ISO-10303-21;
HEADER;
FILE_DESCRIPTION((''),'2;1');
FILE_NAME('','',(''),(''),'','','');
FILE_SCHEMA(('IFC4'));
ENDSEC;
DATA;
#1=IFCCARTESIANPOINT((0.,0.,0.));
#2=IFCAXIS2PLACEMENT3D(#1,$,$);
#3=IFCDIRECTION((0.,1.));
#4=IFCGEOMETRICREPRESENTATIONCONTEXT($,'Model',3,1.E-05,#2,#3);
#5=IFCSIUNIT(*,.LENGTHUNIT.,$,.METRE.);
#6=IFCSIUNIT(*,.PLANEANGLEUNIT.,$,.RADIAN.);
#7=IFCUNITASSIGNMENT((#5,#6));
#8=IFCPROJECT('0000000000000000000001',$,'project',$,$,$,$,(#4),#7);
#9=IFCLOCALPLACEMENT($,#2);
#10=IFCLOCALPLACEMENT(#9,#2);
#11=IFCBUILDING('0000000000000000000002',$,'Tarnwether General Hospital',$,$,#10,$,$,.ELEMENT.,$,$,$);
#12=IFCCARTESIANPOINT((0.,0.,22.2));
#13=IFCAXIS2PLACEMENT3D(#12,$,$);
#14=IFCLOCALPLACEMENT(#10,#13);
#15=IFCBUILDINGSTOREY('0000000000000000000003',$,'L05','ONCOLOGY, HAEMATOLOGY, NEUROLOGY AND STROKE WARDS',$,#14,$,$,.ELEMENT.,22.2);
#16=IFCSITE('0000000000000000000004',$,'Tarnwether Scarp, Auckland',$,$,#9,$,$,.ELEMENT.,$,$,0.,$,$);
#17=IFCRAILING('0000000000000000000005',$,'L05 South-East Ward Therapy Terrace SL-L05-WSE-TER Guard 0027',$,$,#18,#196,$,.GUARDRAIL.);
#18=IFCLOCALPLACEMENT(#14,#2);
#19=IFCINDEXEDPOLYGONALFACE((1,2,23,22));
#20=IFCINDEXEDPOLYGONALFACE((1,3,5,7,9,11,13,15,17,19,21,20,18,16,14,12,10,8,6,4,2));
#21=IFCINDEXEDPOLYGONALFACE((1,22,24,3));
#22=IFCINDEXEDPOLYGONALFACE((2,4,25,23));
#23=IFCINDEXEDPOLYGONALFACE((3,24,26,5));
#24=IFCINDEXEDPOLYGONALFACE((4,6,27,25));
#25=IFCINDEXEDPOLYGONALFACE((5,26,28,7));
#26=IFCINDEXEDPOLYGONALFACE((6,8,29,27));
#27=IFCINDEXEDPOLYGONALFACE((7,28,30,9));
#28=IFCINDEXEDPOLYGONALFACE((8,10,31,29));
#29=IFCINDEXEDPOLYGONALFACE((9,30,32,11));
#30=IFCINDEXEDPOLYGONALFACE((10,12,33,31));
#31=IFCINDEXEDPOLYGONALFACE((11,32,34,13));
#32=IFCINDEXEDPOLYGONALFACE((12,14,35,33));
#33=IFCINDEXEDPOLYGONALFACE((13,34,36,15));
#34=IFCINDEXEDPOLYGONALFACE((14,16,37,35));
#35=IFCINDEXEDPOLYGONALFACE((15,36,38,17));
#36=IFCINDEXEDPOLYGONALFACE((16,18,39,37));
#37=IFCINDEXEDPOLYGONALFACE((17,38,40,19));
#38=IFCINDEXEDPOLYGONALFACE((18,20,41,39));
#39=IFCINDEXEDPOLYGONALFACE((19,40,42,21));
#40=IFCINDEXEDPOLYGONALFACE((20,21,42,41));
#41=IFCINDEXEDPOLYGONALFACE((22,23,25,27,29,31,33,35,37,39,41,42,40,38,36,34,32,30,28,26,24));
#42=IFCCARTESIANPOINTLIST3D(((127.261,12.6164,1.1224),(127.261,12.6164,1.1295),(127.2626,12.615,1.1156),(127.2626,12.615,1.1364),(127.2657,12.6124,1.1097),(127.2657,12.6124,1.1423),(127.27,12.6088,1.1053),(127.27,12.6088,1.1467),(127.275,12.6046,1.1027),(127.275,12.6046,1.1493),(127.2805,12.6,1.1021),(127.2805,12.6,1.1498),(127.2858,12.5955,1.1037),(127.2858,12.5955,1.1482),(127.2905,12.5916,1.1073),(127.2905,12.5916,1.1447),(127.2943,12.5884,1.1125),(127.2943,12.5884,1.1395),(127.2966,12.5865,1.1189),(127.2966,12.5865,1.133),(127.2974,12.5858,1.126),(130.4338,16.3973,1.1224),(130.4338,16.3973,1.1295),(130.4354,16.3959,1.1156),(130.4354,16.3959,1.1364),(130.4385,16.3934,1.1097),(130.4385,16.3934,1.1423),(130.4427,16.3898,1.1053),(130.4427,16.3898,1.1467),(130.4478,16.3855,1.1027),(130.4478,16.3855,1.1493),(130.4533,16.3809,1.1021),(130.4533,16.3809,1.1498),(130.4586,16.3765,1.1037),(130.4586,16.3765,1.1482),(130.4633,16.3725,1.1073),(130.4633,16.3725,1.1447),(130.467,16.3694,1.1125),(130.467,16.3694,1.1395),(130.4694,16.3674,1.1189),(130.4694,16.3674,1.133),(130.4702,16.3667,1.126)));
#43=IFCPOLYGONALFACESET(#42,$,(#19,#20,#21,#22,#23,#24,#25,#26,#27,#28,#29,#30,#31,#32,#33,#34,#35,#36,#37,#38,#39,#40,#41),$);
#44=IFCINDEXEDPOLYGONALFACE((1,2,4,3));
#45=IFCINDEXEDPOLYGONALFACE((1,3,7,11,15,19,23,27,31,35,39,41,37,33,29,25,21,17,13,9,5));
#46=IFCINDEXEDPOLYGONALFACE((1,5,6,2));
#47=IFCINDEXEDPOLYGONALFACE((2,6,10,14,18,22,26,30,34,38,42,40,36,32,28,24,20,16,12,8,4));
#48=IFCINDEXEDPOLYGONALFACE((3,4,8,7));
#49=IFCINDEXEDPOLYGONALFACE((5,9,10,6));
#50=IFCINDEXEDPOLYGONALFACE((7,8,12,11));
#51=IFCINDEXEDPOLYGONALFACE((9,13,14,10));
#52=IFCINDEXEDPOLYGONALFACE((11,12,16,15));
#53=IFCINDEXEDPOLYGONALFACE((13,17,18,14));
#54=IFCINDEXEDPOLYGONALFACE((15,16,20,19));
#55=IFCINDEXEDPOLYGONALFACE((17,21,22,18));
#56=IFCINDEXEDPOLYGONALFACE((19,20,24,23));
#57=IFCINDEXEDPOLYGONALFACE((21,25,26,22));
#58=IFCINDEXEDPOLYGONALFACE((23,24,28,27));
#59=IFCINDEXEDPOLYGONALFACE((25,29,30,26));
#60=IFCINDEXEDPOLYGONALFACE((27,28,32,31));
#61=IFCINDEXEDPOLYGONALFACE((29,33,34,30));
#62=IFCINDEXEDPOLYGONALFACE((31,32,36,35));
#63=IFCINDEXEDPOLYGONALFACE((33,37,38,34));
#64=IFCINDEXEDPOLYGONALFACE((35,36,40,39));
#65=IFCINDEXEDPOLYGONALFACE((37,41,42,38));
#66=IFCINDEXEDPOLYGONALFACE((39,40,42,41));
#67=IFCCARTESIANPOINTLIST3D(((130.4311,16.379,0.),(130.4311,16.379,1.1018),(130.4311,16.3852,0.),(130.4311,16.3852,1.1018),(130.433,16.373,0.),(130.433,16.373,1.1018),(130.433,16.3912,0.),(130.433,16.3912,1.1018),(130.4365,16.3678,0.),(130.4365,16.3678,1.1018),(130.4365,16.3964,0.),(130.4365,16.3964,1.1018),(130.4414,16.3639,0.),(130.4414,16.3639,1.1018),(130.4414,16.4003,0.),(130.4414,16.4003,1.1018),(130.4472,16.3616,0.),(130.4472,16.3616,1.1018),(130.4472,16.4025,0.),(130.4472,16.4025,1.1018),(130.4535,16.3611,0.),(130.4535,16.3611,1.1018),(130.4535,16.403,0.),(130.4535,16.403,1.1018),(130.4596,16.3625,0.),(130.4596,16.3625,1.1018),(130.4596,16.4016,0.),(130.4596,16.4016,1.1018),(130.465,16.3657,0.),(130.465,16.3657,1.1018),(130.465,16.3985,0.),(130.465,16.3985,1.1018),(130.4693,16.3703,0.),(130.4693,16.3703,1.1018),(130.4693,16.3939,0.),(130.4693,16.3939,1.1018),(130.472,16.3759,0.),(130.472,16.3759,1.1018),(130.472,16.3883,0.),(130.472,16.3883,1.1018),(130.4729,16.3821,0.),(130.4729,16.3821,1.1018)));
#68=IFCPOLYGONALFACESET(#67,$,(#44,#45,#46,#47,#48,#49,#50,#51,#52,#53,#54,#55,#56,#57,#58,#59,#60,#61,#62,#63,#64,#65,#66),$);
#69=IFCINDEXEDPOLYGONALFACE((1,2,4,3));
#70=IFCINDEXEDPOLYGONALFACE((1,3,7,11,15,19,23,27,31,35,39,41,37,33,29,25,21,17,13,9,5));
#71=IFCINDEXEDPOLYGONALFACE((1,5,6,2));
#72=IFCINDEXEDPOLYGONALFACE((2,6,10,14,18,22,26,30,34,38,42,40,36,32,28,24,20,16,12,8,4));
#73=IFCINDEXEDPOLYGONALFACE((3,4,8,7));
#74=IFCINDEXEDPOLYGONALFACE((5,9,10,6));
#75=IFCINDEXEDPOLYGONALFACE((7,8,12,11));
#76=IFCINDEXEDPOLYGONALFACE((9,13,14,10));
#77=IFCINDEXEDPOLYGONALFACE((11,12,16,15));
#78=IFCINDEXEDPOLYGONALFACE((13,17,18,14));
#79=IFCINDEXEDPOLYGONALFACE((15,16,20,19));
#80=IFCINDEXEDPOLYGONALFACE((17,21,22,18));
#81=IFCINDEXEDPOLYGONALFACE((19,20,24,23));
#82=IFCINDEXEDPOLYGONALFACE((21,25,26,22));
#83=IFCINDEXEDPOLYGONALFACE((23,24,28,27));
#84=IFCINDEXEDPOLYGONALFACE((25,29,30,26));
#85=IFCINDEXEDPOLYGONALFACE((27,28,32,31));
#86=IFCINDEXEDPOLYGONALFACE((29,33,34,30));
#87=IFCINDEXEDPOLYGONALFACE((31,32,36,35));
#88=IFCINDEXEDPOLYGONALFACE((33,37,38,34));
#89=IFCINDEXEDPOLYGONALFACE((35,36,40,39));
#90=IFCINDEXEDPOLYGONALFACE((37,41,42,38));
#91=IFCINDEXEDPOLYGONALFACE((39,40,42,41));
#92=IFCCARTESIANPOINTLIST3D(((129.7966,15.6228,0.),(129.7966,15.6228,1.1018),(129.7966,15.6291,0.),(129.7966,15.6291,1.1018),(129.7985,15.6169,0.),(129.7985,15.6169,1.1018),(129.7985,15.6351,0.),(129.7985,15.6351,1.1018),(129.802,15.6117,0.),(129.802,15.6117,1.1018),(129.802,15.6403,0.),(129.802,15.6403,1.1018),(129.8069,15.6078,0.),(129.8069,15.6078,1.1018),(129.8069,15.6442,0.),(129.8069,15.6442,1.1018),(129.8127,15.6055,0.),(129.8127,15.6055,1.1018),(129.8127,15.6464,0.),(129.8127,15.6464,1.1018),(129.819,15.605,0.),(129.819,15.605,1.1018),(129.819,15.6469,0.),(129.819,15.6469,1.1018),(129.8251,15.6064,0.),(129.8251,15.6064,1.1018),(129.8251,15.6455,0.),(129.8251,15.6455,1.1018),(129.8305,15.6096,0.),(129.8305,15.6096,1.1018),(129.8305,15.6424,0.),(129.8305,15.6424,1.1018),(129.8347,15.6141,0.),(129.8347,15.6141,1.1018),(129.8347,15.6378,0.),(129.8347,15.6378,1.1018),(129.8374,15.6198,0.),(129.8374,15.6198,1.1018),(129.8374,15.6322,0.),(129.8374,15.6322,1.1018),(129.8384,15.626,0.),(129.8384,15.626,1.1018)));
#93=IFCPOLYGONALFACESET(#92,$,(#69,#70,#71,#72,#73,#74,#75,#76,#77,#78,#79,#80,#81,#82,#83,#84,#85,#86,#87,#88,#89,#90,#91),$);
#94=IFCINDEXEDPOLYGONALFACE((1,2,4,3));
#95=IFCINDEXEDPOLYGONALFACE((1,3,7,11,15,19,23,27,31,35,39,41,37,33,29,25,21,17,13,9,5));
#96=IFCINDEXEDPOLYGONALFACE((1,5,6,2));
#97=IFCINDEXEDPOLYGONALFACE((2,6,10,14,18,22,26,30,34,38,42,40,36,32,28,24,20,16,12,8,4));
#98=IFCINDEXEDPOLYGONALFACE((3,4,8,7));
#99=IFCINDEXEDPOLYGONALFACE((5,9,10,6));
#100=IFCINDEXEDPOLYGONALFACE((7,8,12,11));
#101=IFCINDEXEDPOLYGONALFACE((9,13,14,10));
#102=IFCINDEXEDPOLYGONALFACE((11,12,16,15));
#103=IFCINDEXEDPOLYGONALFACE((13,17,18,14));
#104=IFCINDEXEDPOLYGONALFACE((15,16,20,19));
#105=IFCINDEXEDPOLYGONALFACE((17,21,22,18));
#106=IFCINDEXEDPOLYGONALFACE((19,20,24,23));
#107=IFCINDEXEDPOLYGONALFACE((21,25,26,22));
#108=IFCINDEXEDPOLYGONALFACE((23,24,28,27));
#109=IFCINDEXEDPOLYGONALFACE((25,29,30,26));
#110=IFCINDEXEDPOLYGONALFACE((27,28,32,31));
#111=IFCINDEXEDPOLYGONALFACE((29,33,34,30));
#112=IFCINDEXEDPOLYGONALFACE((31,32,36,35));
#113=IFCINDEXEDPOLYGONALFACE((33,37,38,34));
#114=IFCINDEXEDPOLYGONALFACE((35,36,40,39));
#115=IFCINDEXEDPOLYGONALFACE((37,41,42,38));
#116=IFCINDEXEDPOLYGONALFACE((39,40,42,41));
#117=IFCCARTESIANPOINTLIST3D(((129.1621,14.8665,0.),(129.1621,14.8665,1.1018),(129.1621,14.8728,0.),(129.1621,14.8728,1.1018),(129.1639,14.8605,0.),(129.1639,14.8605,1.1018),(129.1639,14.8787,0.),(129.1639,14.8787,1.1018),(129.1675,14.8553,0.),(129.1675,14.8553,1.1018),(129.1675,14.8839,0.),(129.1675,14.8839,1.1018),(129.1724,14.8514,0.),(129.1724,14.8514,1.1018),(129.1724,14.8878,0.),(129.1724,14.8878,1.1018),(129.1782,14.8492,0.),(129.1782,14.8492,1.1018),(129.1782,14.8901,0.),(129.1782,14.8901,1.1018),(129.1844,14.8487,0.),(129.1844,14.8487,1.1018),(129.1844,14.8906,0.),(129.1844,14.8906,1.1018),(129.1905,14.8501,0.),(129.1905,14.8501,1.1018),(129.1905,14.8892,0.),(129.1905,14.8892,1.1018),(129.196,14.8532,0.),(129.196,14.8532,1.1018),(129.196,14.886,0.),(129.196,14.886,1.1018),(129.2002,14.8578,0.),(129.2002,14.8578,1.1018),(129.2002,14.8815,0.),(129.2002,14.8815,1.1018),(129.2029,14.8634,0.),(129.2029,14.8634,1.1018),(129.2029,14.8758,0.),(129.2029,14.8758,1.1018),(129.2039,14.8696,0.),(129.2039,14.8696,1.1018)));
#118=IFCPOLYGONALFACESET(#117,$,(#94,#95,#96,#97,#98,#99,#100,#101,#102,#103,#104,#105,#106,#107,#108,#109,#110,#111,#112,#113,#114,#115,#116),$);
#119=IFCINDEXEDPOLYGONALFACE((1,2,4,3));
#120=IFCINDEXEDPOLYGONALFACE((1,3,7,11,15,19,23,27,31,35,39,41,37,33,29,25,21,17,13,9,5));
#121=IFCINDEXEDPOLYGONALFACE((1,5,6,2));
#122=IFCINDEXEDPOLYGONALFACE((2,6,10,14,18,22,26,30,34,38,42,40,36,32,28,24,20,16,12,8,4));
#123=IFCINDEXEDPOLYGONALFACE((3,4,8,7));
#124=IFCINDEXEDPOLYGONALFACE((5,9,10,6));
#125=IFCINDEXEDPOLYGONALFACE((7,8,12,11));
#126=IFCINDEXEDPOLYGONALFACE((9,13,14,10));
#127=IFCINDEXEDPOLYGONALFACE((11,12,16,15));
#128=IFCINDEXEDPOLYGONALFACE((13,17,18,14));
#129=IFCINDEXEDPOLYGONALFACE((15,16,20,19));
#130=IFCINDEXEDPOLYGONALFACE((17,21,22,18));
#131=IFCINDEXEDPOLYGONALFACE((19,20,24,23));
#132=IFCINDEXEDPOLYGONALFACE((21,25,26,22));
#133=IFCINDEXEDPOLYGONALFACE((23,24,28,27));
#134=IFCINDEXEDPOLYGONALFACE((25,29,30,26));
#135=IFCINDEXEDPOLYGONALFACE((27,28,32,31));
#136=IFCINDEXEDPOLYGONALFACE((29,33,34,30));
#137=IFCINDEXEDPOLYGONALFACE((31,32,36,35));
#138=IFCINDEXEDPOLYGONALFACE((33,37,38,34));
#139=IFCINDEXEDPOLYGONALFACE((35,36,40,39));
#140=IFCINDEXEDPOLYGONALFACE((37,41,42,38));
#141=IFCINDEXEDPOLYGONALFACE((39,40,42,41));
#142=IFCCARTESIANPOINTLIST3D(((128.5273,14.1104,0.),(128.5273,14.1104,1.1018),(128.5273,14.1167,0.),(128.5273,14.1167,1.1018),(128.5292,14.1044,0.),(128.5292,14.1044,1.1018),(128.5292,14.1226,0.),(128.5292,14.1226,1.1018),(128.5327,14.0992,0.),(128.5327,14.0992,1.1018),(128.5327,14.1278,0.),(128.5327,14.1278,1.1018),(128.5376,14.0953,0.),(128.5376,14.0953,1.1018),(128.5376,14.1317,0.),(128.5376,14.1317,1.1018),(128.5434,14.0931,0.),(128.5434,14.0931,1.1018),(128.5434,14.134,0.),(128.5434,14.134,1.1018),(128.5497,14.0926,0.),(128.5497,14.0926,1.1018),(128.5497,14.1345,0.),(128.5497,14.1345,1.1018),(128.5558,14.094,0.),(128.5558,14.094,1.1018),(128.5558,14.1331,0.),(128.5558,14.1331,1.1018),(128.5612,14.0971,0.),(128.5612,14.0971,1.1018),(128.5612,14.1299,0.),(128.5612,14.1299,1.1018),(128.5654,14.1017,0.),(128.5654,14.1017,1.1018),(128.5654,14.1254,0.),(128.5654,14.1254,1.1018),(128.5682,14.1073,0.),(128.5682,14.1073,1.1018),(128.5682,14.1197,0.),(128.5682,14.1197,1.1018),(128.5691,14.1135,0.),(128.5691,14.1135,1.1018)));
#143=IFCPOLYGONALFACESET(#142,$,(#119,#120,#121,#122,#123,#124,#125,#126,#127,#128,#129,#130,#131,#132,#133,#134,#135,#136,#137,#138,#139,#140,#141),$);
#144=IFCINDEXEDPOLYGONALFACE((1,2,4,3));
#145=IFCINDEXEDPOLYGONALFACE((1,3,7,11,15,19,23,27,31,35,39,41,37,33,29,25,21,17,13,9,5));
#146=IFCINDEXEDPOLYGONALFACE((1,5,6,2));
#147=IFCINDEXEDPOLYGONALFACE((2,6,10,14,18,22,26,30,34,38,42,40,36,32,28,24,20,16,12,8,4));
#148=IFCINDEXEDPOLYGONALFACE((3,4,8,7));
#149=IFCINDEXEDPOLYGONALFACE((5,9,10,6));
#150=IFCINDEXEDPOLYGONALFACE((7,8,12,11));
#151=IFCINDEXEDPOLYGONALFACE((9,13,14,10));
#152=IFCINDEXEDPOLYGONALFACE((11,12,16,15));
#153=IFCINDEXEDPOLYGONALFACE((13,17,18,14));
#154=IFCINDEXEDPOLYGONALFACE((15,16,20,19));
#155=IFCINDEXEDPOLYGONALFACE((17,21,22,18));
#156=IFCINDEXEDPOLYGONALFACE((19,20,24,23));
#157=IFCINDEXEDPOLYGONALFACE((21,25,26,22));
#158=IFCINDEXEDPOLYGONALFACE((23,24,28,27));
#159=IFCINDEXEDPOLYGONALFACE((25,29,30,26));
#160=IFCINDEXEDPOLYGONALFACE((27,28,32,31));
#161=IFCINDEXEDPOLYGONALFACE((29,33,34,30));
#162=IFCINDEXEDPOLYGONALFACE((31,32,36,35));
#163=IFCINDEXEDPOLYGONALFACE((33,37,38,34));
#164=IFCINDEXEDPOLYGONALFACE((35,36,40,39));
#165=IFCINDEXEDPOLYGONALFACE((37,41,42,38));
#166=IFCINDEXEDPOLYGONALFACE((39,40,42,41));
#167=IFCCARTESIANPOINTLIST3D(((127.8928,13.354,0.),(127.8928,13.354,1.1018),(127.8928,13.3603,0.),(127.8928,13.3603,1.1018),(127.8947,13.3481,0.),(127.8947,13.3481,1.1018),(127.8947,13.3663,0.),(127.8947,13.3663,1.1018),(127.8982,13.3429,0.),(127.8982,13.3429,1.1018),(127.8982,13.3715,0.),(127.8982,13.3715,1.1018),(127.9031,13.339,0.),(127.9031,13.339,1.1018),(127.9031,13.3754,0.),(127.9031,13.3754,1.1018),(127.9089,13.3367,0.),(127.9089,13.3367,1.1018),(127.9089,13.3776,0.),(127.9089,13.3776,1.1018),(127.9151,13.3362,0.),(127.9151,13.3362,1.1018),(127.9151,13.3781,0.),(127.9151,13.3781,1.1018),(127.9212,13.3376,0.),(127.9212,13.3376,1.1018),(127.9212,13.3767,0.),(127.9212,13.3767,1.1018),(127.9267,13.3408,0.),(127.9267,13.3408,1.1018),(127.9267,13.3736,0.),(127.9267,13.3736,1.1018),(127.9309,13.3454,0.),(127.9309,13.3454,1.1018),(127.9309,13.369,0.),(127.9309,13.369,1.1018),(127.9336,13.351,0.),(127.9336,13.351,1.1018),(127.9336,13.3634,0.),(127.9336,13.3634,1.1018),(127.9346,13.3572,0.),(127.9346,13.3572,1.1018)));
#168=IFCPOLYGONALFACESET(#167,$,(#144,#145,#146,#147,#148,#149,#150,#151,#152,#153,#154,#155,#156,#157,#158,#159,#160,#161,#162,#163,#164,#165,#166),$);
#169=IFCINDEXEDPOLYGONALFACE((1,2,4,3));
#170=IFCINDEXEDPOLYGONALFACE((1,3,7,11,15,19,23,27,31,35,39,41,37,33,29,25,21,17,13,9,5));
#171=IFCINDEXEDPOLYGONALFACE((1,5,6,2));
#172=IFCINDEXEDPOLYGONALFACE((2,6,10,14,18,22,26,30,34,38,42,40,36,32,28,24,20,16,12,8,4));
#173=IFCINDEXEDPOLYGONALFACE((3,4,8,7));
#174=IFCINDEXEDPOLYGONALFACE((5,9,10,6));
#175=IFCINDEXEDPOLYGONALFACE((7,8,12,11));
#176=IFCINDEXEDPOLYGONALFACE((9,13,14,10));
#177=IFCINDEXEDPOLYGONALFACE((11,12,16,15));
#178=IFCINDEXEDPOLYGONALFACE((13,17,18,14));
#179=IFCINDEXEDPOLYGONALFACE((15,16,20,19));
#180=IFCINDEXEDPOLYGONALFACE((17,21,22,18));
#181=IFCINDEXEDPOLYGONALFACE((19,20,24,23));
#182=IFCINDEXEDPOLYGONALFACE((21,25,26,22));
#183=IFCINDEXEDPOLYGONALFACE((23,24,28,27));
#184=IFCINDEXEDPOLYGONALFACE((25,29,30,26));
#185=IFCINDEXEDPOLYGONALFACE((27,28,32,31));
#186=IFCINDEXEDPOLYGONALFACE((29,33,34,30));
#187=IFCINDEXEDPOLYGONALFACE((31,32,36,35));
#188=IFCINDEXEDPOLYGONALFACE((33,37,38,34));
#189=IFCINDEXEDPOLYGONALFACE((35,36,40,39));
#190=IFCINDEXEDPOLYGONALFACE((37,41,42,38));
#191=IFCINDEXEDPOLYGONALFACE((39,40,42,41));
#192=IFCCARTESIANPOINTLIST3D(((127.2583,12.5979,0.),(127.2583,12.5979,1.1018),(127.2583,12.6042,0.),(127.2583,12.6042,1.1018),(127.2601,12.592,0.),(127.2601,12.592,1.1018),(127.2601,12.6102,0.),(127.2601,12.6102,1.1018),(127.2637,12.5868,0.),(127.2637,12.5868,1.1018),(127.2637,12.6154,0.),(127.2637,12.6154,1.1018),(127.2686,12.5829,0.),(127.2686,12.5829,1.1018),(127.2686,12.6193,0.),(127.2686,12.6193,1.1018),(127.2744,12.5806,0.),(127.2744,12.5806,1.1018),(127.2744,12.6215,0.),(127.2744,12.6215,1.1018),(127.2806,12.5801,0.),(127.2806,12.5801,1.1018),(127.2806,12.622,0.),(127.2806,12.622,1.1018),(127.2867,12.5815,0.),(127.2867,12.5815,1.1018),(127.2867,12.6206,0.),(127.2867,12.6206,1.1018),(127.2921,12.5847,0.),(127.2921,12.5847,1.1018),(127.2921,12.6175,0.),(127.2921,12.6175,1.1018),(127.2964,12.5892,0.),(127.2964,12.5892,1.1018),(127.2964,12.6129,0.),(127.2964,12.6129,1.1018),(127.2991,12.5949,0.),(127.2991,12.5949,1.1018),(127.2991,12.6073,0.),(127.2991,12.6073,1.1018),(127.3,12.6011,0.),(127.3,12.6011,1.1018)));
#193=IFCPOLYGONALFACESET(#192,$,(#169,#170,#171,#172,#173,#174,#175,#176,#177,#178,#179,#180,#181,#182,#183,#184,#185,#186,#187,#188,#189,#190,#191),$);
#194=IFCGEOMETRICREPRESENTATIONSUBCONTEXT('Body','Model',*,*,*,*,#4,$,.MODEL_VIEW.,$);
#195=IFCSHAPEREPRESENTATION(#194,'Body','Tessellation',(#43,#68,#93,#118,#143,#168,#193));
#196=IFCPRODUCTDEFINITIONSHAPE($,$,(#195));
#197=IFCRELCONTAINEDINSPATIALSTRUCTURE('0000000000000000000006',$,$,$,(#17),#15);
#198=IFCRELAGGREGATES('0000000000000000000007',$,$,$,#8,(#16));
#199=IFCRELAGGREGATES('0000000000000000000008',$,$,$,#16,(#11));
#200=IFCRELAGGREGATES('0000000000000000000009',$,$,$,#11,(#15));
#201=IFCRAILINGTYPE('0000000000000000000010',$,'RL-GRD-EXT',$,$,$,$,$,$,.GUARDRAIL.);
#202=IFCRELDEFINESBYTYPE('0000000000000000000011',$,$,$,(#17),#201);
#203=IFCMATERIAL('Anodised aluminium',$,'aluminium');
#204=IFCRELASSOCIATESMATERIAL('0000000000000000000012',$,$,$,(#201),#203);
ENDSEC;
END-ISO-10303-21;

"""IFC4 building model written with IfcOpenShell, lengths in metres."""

from ifc_helpers import new_model, si_unit, direction, frame, origin, origin_2d, place, context, subcontext, project, spatial, circle, extrude, material, type_object, element, save


model = new_model("IFC4")

# Units and contexts
model_context = context("Model", 3, precision=1e-05, world=origin(), true_north=direction((0.0, 1.0)))
body_context = subcontext(model_context, "Body", "Model", "MODEL_VIEW")
ifc_project = project(units=[si_unit("LENGTHUNIT", "METRE"), si_unit("PLANEANGLEUNIT", "RADIAN")], contexts=[model_context])

# Site, building, storey
site_placement = place(None, origin())
site = spatial("IfcSite", under=ifc_project, at=site_placement, Name="Tarnwether Scarp, Auckland", CompositionType="ELEMENT", RefElevation=0.0)
building_placement = place(site_placement, origin())
building = spatial("IfcBuilding", under=site, at=building_placement, Name="Tarnwether General Hospital", CompositionType="ELEMENT")
storey_placement = place(building_placement, frame((0.0, 0.0, 22.2)))
storey = spatial("IfcBuildingStorey", under=building, at=storey_placement, Name="L05", Description="ONCOLOGY, HAEMATOLOGY, NEUROLOGY AND STROKE WARDS", CompositionType="ELEMENT", Elevation=22.2)

# Railing
ifc_material_1 = material(Name="Anodised aluminium", Category="aluminium")
railing_type = type_object("IfcRailingType", Name="RL-GRD-EXT", PredefinedType="GUARDRAIL", material=ifc_material_1)
railing_1_placement = place(storey_placement, frame((130.4519, 16.3821, 0.0)))
element("IfcRailing", 1, at=railing_1_placement, inside=storey, type_object=railing_type, Name="L05 South-East Ward Therapy Terrace SL-L05-WSE-TER Guard 0027", PredefinedType="GUARDRAIL", context=body_context, shape_type="SweptSolid", body=[
    extrude(circle(Radius=0.0239, at=origin_2d()), frame((0.0, 0.0, 1.126), z_axis=(-0.642813, -0.766023, 0.0), x_axis=(0.766023, -0.642813, 0.0)), (0.0, 0.0, 1.0), 4.9358),
    extrude(circle(Radius=0.021, at=origin_2d()), origin(), (0.0, 0.0, 1.0), 1.1018),
    extrude(circle(Radius=0.021, at=origin_2d()), frame((-0.6345, -0.7561, 0.0)), (0.0, 0.0, 1.0), 1.1018),
    extrude(circle(Radius=0.021, at=origin_2d()), frame((-1.269, -1.5125, 0.0)), (0.0, 0.0, 1.0), 1.1018),
    extrude(circle(Radius=0.021, at=origin_2d()), frame((-1.9038, -2.2686, 0.0)), (0.0, 0.0, 1.0), 1.1018),
    extrude(circle(Radius=0.021, at=origin_2d()), frame((-2.5383, -3.0249, 0.0)), (0.0, 0.0, 1.0), 1.1018),
    extrude(circle(Radius=0.021, at=origin_2d()), frame((-3.1729, -3.781, 0.0)), (0.0, 0.0, 1.0), 1.1018),
])

save(model, "model.ifc")
